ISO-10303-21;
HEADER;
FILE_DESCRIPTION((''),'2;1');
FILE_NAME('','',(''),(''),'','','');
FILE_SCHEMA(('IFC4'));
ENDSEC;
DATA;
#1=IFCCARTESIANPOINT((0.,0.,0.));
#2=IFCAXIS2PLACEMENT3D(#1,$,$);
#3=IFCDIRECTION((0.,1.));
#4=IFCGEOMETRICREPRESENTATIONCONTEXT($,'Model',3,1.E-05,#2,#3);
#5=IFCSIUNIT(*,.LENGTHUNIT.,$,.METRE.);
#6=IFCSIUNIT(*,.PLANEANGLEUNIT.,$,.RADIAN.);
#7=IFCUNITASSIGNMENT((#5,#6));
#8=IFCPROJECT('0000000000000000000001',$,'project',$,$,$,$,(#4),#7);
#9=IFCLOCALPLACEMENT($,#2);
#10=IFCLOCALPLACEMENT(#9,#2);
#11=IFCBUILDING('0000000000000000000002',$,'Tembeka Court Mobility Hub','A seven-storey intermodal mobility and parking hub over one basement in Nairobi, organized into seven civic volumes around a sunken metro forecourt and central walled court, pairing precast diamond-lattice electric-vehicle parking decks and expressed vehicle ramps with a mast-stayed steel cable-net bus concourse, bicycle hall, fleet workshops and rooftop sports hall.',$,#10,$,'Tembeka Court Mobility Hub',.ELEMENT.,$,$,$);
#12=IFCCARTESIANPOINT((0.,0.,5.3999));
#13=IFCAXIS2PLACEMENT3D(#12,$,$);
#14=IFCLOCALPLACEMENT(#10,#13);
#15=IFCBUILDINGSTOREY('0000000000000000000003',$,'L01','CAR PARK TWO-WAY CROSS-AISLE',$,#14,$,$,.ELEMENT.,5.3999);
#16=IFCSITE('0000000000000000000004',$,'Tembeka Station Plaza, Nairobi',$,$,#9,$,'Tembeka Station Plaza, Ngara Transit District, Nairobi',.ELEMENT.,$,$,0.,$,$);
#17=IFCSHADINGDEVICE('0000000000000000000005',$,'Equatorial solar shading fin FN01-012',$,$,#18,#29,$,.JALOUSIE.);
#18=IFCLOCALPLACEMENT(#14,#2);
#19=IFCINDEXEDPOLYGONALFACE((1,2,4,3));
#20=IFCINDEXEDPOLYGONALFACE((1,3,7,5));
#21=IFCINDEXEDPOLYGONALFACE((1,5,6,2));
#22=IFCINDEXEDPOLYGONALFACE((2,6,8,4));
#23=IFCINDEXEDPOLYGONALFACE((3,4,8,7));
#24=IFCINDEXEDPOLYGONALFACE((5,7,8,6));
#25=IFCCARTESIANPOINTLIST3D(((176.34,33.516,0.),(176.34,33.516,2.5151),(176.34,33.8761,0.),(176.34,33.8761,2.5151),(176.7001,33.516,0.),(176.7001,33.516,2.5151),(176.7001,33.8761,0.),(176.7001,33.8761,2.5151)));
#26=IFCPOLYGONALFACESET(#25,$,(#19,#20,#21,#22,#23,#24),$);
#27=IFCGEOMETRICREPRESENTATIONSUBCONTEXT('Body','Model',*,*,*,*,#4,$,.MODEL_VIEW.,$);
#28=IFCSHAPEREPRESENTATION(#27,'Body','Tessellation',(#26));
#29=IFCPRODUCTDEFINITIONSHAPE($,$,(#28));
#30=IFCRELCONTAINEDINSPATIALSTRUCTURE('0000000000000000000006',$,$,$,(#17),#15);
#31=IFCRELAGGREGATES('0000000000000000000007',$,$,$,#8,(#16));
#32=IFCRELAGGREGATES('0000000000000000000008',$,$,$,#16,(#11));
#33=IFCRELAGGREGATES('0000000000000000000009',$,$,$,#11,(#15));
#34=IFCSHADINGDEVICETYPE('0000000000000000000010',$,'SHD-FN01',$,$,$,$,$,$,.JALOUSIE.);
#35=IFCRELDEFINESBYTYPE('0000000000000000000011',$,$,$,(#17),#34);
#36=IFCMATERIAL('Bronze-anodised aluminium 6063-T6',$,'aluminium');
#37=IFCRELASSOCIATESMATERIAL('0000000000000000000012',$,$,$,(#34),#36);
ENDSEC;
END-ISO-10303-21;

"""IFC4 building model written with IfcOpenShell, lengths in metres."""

from ifc_helpers import new_model, si_unit, direction, frame, origin, origin_2d, place, context, subcontext, project, spatial, rectangle, extrude, material, material_profile, profile_set, type_object, element, save


model = new_model("IFC4")

# Units and contexts
model_context = context("Model", 3, precision=1e-05, world=origin(), true_north=direction((0.0, 1.0)))
body_context = subcontext(model_context, "Body", "Model", "MODEL_VIEW")
ifc_project = project(units=[si_unit("LENGTHUNIT", "METRE"), si_unit("PLANEANGLEUNIT", "RADIAN")], contexts=[model_context])

# Site, building, storey
site_placement = place(None, origin())
site = spatial("IfcSite", under=ifc_project, at=site_placement, Name="Tembeka Station Plaza, Nairobi", LongName="Tembeka Station Plaza, Ngara Transit District, Nairobi", CompositionType="ELEMENT", RefElevation=0.0)
building_placement = place(site_placement, origin())
building = spatial("IfcBuilding", under=site, at=building_placement, Name="Tembeka Court Mobility Hub", Description="A seven-storey intermodal mobility and parking hub over one basement in Nairobi, organized into seven civic volumes around a sunken metro forecourt and central walled court, pairing precast diamond-lattice electric-vehicle parking decks and expressed vehicle ramps with a mast-stayed steel cable-net bus concourse, bicycle hall, fleet workshops and rooftop sports hall.", LongName="Tembeka Court Mobility Hub", CompositionType="ELEMENT")
storey_placement = place(building_placement, frame((0.0, 0.0, 5.3999)))
storey = spatial("IfcBuildingStorey", under=building, at=storey_placement, Name="L01", Description="CAR PARK TWO-WAY CROSS-AISLE", CompositionType="ELEMENT", Elevation=5.3999)

# Shading device
ifc_material_1 = material(Name="Bronze-anodised aluminium 6063-T6", Category="aluminium")
ifc_material_profile_1 = material_profile(ifc_material_1, rectangle(XDim=0.3601, YDim=0.3601, at=origin_2d()), Name="ALU-FIN 360x360")
ifc_profile_set_1 = profile_set([ifc_material_profile_1], Name="Bronze-anodised aluminium 6063-T6")
shading_device_type = type_object("IfcShadingDeviceType", Name="SHD-FN01", PredefinedType="JALOUSIE", material=ifc_profile_set_1)
shading_device_placement = place(storey_placement, frame((176.52, 33.696, 0.0), z_axis=(0.0, 0.0, 1.0), x_axis=(1.0, 0.0, 0.0)))
element("IfcShadingDevice", 1, at=shading_device_placement, inside=storey, type_object=shading_device_type, Name="Equatorial solar shading fin FN01-012", PredefinedType="JALOUSIE", context=body_context, shape_type="SweptSolid", body=[
    extrude(rectangle(XDim=0.3601, YDim=0.3601, at=origin_2d()), origin(), (0.0, 0.0, 1.0), 2.5151),
])

save(model, "model.ifc")
